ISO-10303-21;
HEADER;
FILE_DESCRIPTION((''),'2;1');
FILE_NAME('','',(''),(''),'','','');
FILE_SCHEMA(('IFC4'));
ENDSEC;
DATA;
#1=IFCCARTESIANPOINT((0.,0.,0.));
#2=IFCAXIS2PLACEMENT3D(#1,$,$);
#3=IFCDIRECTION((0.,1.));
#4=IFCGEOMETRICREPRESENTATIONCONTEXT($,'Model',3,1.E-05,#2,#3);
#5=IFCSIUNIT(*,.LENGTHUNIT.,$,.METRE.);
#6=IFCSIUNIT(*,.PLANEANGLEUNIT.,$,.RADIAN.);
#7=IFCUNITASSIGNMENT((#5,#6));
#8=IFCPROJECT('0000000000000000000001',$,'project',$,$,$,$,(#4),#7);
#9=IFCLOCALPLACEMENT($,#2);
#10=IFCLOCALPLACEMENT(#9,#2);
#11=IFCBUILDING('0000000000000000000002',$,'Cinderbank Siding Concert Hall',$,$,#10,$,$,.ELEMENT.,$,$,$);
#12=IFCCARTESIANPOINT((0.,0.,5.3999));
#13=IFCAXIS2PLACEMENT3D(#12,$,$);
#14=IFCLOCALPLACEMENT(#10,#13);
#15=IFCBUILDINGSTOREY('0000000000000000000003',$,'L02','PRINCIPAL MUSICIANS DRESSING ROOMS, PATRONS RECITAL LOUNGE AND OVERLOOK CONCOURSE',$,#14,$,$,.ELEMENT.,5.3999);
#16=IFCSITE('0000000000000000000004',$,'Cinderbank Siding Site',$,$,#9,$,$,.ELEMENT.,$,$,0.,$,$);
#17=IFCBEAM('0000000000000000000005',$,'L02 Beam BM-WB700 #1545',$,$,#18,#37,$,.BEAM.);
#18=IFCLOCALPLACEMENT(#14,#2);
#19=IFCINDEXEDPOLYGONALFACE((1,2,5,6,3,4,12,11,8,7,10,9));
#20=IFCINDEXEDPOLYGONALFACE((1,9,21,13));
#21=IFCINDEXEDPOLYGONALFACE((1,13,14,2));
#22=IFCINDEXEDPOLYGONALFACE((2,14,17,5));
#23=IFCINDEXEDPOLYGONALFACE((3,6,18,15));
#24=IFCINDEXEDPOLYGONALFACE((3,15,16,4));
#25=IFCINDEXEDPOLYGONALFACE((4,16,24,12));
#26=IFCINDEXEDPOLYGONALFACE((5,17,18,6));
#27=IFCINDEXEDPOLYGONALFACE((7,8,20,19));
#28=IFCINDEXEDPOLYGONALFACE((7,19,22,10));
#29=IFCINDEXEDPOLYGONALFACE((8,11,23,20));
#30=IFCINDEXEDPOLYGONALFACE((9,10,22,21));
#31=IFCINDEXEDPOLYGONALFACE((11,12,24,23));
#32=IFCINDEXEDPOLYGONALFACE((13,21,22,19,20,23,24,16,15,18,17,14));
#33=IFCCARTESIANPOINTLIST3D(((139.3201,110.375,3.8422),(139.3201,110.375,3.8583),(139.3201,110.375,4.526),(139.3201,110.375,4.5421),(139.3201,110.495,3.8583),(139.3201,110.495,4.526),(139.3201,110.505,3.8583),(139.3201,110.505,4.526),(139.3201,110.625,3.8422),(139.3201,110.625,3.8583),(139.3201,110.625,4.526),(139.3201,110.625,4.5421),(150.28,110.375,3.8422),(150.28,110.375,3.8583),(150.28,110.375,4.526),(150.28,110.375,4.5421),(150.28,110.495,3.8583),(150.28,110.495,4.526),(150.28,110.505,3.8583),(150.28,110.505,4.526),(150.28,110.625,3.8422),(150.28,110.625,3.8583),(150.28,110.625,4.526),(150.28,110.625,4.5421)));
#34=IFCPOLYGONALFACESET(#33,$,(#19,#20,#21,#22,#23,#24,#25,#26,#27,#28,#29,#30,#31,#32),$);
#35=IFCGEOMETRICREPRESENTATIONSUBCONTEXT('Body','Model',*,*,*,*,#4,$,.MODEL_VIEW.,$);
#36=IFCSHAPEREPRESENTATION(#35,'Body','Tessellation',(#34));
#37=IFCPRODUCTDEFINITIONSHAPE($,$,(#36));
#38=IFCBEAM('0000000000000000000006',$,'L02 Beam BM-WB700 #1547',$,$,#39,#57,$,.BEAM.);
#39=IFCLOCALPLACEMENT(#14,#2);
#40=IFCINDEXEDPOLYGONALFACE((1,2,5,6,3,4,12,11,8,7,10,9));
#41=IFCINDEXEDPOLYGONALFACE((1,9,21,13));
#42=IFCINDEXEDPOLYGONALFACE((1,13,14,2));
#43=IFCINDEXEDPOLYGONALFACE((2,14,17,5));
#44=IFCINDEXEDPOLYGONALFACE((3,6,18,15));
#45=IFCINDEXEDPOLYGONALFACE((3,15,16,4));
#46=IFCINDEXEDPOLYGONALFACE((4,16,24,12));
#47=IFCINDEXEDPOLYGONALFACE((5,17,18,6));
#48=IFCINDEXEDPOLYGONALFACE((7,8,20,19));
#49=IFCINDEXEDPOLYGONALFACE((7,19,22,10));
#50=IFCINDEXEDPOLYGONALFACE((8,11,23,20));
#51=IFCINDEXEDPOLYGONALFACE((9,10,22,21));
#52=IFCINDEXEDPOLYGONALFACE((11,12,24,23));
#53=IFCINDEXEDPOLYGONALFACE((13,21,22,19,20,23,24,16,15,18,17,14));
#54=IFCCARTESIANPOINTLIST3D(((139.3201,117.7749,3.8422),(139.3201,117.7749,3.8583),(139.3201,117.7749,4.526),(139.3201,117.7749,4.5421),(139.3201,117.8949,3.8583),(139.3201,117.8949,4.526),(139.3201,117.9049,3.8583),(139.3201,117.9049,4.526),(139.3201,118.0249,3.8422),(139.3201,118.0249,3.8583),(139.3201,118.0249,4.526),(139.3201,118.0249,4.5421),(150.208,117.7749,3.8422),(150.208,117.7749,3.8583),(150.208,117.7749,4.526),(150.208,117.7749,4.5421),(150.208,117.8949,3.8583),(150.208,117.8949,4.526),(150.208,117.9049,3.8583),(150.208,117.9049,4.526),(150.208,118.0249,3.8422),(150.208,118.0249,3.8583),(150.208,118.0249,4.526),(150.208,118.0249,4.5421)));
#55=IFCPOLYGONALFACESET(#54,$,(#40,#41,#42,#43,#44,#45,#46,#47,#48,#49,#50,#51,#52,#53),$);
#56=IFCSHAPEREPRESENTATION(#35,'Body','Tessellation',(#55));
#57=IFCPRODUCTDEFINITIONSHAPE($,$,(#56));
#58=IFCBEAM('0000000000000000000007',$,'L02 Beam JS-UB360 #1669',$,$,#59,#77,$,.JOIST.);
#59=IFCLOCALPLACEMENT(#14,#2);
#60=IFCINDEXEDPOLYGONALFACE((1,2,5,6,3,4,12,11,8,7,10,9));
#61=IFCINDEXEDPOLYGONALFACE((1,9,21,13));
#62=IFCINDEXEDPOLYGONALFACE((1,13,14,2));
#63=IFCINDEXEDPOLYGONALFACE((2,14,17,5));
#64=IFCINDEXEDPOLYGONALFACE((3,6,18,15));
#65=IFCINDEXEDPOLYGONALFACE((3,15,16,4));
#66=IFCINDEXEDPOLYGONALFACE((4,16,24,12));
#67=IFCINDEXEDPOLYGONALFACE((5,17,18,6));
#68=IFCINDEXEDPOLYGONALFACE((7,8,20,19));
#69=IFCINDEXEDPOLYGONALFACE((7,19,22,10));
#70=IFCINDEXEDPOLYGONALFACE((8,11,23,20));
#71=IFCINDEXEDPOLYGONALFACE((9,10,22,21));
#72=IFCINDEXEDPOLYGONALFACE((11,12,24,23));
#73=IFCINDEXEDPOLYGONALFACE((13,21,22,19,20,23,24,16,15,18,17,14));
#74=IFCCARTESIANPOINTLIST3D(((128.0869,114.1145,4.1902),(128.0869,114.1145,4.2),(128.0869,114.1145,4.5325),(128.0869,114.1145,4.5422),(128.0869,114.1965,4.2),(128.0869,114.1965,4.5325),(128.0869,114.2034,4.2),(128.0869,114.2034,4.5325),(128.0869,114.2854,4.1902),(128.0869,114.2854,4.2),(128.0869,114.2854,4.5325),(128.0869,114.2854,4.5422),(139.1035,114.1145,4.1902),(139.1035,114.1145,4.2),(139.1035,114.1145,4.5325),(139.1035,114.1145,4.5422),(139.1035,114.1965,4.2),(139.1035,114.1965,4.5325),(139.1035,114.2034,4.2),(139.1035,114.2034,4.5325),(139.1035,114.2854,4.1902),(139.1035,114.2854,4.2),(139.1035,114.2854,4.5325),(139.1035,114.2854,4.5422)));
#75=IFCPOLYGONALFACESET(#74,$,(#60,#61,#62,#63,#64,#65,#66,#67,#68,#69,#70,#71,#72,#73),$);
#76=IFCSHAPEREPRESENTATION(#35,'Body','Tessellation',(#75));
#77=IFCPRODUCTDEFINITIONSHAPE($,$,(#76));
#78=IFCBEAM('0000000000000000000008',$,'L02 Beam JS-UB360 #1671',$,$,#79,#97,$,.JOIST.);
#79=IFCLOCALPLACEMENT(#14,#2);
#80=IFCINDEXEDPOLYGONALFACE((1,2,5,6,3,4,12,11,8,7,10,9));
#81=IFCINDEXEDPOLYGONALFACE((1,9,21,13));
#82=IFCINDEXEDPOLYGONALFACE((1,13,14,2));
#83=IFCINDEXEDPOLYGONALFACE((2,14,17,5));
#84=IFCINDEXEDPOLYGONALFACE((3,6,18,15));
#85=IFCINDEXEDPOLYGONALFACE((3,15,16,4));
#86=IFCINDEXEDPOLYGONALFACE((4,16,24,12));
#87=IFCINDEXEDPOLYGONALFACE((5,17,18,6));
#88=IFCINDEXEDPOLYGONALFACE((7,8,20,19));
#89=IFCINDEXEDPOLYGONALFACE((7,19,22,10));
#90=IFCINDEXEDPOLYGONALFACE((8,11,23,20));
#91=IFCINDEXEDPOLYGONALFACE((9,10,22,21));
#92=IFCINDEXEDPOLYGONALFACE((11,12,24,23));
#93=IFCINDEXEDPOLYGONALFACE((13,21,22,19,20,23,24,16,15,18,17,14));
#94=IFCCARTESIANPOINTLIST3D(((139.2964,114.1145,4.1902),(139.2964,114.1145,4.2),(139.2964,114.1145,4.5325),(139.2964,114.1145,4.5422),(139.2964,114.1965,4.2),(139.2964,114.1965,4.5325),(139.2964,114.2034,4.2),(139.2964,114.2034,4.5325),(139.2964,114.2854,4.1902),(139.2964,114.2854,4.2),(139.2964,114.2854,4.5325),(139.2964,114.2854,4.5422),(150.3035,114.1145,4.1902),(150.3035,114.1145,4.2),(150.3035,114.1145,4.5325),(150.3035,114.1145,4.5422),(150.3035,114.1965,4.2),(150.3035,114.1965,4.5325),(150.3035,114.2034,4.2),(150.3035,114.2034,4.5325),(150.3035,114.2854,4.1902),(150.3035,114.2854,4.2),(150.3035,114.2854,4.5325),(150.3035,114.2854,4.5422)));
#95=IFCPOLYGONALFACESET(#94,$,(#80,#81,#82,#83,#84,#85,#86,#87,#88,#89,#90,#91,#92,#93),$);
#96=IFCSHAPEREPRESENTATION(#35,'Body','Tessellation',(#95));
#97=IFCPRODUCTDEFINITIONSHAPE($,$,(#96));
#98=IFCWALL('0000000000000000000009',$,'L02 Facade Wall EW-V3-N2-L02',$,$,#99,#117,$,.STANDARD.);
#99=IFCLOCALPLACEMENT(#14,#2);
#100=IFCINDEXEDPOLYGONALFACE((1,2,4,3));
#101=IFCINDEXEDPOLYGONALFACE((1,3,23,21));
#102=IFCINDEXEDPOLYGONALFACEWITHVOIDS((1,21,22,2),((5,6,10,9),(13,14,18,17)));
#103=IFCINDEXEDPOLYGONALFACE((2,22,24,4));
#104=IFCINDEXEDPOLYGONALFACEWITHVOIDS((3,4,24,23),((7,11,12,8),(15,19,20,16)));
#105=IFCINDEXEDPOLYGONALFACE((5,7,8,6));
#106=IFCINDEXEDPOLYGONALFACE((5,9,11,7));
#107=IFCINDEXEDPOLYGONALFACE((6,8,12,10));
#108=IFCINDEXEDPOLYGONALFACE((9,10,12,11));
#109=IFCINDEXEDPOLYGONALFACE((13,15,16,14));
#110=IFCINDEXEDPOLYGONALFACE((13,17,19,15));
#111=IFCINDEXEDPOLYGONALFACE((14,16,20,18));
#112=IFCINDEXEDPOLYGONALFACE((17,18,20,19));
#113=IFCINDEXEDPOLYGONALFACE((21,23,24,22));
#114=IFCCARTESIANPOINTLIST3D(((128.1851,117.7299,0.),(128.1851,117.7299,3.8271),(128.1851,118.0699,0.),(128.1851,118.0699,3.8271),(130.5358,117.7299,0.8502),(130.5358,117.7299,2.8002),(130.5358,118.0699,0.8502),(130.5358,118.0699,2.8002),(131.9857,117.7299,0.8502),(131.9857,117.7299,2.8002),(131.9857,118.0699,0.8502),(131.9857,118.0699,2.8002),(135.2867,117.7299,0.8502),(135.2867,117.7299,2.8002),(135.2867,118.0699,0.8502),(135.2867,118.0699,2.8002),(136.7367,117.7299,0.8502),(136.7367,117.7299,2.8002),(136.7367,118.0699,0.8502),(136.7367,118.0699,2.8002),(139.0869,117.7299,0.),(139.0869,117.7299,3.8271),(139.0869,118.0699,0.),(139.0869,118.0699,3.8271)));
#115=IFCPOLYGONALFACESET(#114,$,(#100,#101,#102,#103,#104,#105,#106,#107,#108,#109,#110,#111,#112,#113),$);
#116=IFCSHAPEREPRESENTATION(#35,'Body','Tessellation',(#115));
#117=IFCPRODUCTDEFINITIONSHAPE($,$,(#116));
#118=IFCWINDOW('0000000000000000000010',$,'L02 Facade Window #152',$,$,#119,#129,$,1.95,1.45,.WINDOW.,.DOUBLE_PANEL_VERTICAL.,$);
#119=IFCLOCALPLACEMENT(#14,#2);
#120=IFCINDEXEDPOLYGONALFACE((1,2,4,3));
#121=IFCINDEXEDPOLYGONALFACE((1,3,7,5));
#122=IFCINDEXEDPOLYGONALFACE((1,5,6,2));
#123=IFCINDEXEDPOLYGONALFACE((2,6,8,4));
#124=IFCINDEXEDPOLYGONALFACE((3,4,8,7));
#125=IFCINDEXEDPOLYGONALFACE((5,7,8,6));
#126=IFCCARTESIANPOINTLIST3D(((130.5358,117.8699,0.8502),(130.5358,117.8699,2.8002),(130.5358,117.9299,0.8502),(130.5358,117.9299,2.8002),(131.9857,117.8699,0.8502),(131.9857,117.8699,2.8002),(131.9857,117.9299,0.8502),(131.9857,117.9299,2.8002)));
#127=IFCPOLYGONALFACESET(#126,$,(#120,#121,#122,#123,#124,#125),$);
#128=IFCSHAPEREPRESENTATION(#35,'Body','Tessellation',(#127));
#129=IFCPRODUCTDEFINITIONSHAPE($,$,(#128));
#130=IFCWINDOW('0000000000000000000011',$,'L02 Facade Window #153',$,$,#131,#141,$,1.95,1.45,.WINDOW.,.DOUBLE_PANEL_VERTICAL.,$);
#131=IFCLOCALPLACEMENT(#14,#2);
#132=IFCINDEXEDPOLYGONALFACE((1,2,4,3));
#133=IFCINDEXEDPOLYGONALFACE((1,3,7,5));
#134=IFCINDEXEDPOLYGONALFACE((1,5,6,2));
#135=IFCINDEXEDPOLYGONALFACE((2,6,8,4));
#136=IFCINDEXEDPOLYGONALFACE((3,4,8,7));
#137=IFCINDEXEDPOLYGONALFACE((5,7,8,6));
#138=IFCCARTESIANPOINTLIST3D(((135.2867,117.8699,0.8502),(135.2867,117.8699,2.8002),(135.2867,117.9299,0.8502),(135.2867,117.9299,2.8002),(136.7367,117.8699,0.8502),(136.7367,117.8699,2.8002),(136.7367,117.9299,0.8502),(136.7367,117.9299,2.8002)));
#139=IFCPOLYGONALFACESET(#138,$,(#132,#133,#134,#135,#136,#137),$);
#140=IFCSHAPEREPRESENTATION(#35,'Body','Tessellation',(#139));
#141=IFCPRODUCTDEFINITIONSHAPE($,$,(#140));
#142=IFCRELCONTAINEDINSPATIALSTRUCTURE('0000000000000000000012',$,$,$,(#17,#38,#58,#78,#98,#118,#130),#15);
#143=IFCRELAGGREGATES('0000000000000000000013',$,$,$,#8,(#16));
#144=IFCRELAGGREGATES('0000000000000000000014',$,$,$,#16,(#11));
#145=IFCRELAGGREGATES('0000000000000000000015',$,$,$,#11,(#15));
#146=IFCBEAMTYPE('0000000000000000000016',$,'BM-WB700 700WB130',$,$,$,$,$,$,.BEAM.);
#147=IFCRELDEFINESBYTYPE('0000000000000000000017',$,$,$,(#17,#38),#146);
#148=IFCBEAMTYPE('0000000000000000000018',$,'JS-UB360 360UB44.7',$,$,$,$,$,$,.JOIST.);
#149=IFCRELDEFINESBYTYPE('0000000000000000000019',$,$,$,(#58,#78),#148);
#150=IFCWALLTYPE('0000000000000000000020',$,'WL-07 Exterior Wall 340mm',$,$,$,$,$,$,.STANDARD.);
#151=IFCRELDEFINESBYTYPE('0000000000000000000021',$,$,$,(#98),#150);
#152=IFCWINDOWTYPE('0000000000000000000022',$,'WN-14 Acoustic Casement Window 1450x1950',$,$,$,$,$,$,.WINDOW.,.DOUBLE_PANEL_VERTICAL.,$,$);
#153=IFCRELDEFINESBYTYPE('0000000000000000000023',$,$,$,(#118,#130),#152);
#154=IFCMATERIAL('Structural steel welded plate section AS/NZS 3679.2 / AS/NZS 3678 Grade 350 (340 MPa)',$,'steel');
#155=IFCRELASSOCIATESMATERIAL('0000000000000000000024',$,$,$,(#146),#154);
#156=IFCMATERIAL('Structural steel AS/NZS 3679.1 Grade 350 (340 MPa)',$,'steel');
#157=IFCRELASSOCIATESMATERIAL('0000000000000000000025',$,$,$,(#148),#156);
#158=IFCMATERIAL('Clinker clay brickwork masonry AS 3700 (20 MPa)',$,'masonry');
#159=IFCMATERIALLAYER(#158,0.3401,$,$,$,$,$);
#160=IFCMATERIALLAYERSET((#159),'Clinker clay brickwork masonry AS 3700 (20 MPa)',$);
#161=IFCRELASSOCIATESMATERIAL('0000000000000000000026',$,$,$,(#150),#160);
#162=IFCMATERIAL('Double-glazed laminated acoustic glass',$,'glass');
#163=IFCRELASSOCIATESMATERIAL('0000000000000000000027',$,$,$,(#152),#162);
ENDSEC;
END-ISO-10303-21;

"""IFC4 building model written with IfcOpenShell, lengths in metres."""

from ifc_helpers import new_model, si_unit, direction, frame, frame_2d, origin, origin_2d, place, context, subcontext, project, spatial, rectangle, i_section, extrude, material, layer, layer_set, material_profile, profile_set, type_object, element, fill, save


model = new_model("IFC4")

# Units and contexts
model_context = context("Model", 3, precision=1e-05, world=origin(), true_north=direction((0.0, 1.0)))
body_context = subcontext(model_context, "Body", "Model", "MODEL_VIEW")
ifc_project = project(units=[si_unit("LENGTHUNIT", "METRE"), si_unit("PLANEANGLEUNIT", "RADIAN")], contexts=[model_context])

# Site, building, storey
site_placement = place(None, origin())
site = spatial("IfcSite", under=ifc_project, at=site_placement, Name="Cinderbank Siding Site", CompositionType="ELEMENT", RefElevation=0.0)
building_placement = place(site_placement, origin())
building = spatial("IfcBuilding", under=site, at=building_placement, Name="Cinderbank Siding Concert Hall", CompositionType="ELEMENT")
storey_placement = place(building_placement, frame((0.0, 0.0, 5.3999)))
storey = spatial("IfcBuildingStorey", under=building, at=storey_placement, Name="L02", Description="PRINCIPAL MUSICIANS DRESSING ROOMS, PATRONS RECITAL LOUNGE AND OVERLOOK CONCOURSE", CompositionType="ELEMENT", Elevation=5.3999)

# Shared definitions
ifc_material_1 = material(Name="Structural steel AS/NZS 3679.1 Grade 350 (340 MPa)", Category="steel")

# Beams
ifc_material_2 = material(Name="Structural steel welded plate section AS/NZS 3679.2 / AS/NZS 3678 Grade 350 (340 MPa)", Category="steel")
ifc_material_profile_1 = material_profile(ifc_material_2, i_section(OverallWidth=0.25, OverallDepth=0.7, WebThickness=0.01, FlangeThickness=0.0161, at=origin_2d()), Name="700WB130", Category="LoadBearing")
ifc_profile_set_1 = profile_set([ifc_material_profile_1], Name="Structural steel welded plate section AS/NZS 3679.2 / AS/NZS 3678 Grade 350 (340 MPa)")
beam_type_1 = type_object("IfcBeamType", Name="BM-WB700 700WB130", PredefinedType="BEAM", material=ifc_profile_set_1)
beam_1_placement = place(storey_placement, frame((139.3201, 110.5, 4.1921), z_axis=(1.0, 0.0, 0.0), x_axis=(0.0, 1.0, 0.0)))
element("IfcBeam", 1, at=beam_1_placement, inside=storey, type_object=beam_type_1, Name="L02 Beam BM-WB700 #1545", PredefinedType="BEAM", context=body_context, shape_type="SweptSolid", body=[
    extrude(i_section(OverallWidth=0.25, OverallDepth=0.7, WebThickness=0.01, FlangeThickness=0.0161, at=origin_2d()), origin(), (0.0, 0.0, 1.0), 10.96),
])
beam_2_placement = place(storey_placement, frame((139.3201, 117.8999, 4.1921), z_axis=(1.0, 0.0, 0.0), x_axis=(0.0, 1.0, 0.0)))
element("IfcBeam", 2, at=beam_2_placement, inside=storey, type_object=beam_type_1, Name="L02 Beam BM-WB700 #1547", PredefinedType="BEAM", context=body_context, shape_type="SweptSolid", body=[
    extrude(i_section(OverallWidth=0.25, OverallDepth=0.7, WebThickness=0.01, FlangeThickness=0.0161, at=origin_2d()), origin(), (0.0, 0.0, 1.0), 10.8879),
])
ifc_material_profile_2 = material_profile(ifc_material_1, i_section(OverallWidth=0.1709, OverallDepth=0.3521, WebThickness=0.0068, FlangeThickness=0.0098, at=origin_2d()), Name="360UB44.7", Category="LoadBearing")
ifc_profile_set_2 = profile_set([ifc_material_profile_2], Name="Structural steel AS/NZS 3679.1 Grade 350 (340 MPa)")
beam_type_2 = type_object("IfcBeamType", Name="JS-UB360 360UB44.7", PredefinedType="JOIST", material=ifc_profile_set_2)
beam_3_placement = place(storey_placement, frame((128.0869, 114.2, 4.3662), z_axis=(1.0, 0.0, 0.0), x_axis=(0.0, 1.0, 0.0)))
element("IfcBeam", 3, at=beam_3_placement, inside=storey, type_object=beam_type_2, Name="L02 Beam JS-UB360 #1669", PredefinedType="JOIST", context=body_context, shape_type="SweptSolid", body=[
    extrude(i_section(OverallWidth=0.1709, OverallDepth=0.3521, WebThickness=0.0068, FlangeThickness=0.0098, at=origin_2d()), origin(), (0.0, 0.0, 1.0), 11.0166),
])
beam_4_placement = place(storey_placement, frame((139.2964, 114.2, 4.3662), z_axis=(1.0, 0.0, 0.0), x_axis=(0.0, 1.0, 0.0)))
element("IfcBeam", 4, at=beam_4_placement, inside=storey, type_object=beam_type_2, Name="L02 Beam JS-UB360 #1671", PredefinedType="JOIST", context=body_context, shape_type="SweptSolid", body=[
    extrude(i_section(OverallWidth=0.1709, OverallDepth=0.3521, WebThickness=0.0068, FlangeThickness=0.0098, at=origin_2d()), origin(), (0.0, 0.0, 1.0), 11.0071),
])

# Wall, openings, windows
ifc_material_3 = material(Name="Clinker clay brickwork masonry AS 3700 (20 MPa)", Category="masonry")
ifc_layer = layer(ifc_material_3, 0.3401)
ifc_layer_set = layer_set([ifc_layer], Name="Clinker clay brickwork masonry AS 3700 (20 MPa)")
wall_type = type_object("IfcWallType", Name="WL-07 Exterior Wall 340mm", PredefinedType="STANDARD", material=ifc_layer_set)
wall_1_placement = place(storey_placement, frame((128.1851, 117.8999, 0.0), z_axis=(0.0, 0.0, 1.0), x_axis=(1.0, 0.0, 0.0)))
wall_1 = element("IfcWall", 5, at=wall_1_placement, inside=storey, type_object=wall_type, Name="L02 Facade Wall EW-V3-N2-L02", PredefinedType="STANDARD", context=body_context, shape_type="SweptSolid", body=[
    extrude(rectangle(XDim=10.9019, YDim=0.3401, at=frame_2d((5.4509, 0.0))), origin(), (0.0, 0.0, 1.0), 3.8271),
])
opening_1_placement = place(wall_1_placement, frame((2.3506, 0.0, 0.8501)))
opening_1 = element("IfcOpeningElement", 6, at=opening_1_placement, cuts=wall_1, PredefinedType="OPENING", context=body_context, shape_type="SweptSolid", body=[
    extrude(rectangle(XDim=1.45, YDim=1.95, at=frame_2d((0.7251, 0.9751))), frame((0.0, 0.1821, 0.0), z_axis=(0.0, -1.0, 0.0), x_axis=(1.0, 0.0, 0.0)), (0.0, 0.0, 1.0), 0.364),
])
opening_2_placement = place(wall_1_placement, frame((7.1016, 0.0, 0.8501)))
opening_2 = element("IfcOpeningElement", 7, at=opening_2_placement, cuts=wall_1, PredefinedType="OPENING", context=body_context, shape_type="SweptSolid", body=[
    extrude(rectangle(XDim=1.45, YDim=1.95, at=frame_2d((0.7251, 0.9751))), frame((0.0, 0.1821, 0.0), z_axis=(0.0, -1.0, 0.0), x_axis=(1.0, 0.0, 0.0)), (0.0, 0.0, 1.0), 0.364),
])
ifc_material_4 = material(Name="Double-glazed laminated acoustic glass", Category="glass")
window_type_1 = type_object("IfcWindowType", Name="WN-14 Acoustic Casement Window 1450x1950", PartitioningType="DOUBLE_PANEL_VERTICAL", PredefinedType="WINDOW", material=ifc_material_4)
window_1_placement = place(opening_1_placement, origin())
window_1 = element("IfcWindow", 8, at=window_1_placement, inside=storey, type_object=window_type_1, Name="L02 Facade Window #152", OverallHeight=1.95, OverallWidth=1.45, PartitioningType="DOUBLE_PANEL_VERTICAL", PredefinedType="WINDOW", context=body_context, shape_type="SweptSolid", body=[
    extrude(rectangle(XDim=1.45, YDim=1.95, at=frame_2d((0.7251, 0.9751))), frame((0.0, 0.03, 0.0), z_axis=(0.0, -1.0, 0.0), x_axis=(1.0, 0.0, 0.0)), (0.0, 0.0, 1.0), 0.0601),
])
fill(opening_1, window_1)
window_2_placement = place(opening_2_placement, origin())
window_2 = element("IfcWindow", 9, at=window_2_placement, inside=storey, type_object=window_type_1, Name="L02 Facade Window #153", OverallHeight=1.95, OverallWidth=1.45, PartitioningType="DOUBLE_PANEL_VERTICAL", PredefinedType="WINDOW", context=body_context, shape_type="SweptSolid", body=[
    extrude(rectangle(XDim=1.45, YDim=1.95, at=frame_2d((0.7251, 0.9751))), frame((0.0, 0.03, 0.0), z_axis=(0.0, -1.0, 0.0), x_axis=(1.0, 0.0, 0.0)), (0.0, 0.0, 1.0), 0.0601),
])
fill(opening_2, window_2)

save(model, "model.ifc")
